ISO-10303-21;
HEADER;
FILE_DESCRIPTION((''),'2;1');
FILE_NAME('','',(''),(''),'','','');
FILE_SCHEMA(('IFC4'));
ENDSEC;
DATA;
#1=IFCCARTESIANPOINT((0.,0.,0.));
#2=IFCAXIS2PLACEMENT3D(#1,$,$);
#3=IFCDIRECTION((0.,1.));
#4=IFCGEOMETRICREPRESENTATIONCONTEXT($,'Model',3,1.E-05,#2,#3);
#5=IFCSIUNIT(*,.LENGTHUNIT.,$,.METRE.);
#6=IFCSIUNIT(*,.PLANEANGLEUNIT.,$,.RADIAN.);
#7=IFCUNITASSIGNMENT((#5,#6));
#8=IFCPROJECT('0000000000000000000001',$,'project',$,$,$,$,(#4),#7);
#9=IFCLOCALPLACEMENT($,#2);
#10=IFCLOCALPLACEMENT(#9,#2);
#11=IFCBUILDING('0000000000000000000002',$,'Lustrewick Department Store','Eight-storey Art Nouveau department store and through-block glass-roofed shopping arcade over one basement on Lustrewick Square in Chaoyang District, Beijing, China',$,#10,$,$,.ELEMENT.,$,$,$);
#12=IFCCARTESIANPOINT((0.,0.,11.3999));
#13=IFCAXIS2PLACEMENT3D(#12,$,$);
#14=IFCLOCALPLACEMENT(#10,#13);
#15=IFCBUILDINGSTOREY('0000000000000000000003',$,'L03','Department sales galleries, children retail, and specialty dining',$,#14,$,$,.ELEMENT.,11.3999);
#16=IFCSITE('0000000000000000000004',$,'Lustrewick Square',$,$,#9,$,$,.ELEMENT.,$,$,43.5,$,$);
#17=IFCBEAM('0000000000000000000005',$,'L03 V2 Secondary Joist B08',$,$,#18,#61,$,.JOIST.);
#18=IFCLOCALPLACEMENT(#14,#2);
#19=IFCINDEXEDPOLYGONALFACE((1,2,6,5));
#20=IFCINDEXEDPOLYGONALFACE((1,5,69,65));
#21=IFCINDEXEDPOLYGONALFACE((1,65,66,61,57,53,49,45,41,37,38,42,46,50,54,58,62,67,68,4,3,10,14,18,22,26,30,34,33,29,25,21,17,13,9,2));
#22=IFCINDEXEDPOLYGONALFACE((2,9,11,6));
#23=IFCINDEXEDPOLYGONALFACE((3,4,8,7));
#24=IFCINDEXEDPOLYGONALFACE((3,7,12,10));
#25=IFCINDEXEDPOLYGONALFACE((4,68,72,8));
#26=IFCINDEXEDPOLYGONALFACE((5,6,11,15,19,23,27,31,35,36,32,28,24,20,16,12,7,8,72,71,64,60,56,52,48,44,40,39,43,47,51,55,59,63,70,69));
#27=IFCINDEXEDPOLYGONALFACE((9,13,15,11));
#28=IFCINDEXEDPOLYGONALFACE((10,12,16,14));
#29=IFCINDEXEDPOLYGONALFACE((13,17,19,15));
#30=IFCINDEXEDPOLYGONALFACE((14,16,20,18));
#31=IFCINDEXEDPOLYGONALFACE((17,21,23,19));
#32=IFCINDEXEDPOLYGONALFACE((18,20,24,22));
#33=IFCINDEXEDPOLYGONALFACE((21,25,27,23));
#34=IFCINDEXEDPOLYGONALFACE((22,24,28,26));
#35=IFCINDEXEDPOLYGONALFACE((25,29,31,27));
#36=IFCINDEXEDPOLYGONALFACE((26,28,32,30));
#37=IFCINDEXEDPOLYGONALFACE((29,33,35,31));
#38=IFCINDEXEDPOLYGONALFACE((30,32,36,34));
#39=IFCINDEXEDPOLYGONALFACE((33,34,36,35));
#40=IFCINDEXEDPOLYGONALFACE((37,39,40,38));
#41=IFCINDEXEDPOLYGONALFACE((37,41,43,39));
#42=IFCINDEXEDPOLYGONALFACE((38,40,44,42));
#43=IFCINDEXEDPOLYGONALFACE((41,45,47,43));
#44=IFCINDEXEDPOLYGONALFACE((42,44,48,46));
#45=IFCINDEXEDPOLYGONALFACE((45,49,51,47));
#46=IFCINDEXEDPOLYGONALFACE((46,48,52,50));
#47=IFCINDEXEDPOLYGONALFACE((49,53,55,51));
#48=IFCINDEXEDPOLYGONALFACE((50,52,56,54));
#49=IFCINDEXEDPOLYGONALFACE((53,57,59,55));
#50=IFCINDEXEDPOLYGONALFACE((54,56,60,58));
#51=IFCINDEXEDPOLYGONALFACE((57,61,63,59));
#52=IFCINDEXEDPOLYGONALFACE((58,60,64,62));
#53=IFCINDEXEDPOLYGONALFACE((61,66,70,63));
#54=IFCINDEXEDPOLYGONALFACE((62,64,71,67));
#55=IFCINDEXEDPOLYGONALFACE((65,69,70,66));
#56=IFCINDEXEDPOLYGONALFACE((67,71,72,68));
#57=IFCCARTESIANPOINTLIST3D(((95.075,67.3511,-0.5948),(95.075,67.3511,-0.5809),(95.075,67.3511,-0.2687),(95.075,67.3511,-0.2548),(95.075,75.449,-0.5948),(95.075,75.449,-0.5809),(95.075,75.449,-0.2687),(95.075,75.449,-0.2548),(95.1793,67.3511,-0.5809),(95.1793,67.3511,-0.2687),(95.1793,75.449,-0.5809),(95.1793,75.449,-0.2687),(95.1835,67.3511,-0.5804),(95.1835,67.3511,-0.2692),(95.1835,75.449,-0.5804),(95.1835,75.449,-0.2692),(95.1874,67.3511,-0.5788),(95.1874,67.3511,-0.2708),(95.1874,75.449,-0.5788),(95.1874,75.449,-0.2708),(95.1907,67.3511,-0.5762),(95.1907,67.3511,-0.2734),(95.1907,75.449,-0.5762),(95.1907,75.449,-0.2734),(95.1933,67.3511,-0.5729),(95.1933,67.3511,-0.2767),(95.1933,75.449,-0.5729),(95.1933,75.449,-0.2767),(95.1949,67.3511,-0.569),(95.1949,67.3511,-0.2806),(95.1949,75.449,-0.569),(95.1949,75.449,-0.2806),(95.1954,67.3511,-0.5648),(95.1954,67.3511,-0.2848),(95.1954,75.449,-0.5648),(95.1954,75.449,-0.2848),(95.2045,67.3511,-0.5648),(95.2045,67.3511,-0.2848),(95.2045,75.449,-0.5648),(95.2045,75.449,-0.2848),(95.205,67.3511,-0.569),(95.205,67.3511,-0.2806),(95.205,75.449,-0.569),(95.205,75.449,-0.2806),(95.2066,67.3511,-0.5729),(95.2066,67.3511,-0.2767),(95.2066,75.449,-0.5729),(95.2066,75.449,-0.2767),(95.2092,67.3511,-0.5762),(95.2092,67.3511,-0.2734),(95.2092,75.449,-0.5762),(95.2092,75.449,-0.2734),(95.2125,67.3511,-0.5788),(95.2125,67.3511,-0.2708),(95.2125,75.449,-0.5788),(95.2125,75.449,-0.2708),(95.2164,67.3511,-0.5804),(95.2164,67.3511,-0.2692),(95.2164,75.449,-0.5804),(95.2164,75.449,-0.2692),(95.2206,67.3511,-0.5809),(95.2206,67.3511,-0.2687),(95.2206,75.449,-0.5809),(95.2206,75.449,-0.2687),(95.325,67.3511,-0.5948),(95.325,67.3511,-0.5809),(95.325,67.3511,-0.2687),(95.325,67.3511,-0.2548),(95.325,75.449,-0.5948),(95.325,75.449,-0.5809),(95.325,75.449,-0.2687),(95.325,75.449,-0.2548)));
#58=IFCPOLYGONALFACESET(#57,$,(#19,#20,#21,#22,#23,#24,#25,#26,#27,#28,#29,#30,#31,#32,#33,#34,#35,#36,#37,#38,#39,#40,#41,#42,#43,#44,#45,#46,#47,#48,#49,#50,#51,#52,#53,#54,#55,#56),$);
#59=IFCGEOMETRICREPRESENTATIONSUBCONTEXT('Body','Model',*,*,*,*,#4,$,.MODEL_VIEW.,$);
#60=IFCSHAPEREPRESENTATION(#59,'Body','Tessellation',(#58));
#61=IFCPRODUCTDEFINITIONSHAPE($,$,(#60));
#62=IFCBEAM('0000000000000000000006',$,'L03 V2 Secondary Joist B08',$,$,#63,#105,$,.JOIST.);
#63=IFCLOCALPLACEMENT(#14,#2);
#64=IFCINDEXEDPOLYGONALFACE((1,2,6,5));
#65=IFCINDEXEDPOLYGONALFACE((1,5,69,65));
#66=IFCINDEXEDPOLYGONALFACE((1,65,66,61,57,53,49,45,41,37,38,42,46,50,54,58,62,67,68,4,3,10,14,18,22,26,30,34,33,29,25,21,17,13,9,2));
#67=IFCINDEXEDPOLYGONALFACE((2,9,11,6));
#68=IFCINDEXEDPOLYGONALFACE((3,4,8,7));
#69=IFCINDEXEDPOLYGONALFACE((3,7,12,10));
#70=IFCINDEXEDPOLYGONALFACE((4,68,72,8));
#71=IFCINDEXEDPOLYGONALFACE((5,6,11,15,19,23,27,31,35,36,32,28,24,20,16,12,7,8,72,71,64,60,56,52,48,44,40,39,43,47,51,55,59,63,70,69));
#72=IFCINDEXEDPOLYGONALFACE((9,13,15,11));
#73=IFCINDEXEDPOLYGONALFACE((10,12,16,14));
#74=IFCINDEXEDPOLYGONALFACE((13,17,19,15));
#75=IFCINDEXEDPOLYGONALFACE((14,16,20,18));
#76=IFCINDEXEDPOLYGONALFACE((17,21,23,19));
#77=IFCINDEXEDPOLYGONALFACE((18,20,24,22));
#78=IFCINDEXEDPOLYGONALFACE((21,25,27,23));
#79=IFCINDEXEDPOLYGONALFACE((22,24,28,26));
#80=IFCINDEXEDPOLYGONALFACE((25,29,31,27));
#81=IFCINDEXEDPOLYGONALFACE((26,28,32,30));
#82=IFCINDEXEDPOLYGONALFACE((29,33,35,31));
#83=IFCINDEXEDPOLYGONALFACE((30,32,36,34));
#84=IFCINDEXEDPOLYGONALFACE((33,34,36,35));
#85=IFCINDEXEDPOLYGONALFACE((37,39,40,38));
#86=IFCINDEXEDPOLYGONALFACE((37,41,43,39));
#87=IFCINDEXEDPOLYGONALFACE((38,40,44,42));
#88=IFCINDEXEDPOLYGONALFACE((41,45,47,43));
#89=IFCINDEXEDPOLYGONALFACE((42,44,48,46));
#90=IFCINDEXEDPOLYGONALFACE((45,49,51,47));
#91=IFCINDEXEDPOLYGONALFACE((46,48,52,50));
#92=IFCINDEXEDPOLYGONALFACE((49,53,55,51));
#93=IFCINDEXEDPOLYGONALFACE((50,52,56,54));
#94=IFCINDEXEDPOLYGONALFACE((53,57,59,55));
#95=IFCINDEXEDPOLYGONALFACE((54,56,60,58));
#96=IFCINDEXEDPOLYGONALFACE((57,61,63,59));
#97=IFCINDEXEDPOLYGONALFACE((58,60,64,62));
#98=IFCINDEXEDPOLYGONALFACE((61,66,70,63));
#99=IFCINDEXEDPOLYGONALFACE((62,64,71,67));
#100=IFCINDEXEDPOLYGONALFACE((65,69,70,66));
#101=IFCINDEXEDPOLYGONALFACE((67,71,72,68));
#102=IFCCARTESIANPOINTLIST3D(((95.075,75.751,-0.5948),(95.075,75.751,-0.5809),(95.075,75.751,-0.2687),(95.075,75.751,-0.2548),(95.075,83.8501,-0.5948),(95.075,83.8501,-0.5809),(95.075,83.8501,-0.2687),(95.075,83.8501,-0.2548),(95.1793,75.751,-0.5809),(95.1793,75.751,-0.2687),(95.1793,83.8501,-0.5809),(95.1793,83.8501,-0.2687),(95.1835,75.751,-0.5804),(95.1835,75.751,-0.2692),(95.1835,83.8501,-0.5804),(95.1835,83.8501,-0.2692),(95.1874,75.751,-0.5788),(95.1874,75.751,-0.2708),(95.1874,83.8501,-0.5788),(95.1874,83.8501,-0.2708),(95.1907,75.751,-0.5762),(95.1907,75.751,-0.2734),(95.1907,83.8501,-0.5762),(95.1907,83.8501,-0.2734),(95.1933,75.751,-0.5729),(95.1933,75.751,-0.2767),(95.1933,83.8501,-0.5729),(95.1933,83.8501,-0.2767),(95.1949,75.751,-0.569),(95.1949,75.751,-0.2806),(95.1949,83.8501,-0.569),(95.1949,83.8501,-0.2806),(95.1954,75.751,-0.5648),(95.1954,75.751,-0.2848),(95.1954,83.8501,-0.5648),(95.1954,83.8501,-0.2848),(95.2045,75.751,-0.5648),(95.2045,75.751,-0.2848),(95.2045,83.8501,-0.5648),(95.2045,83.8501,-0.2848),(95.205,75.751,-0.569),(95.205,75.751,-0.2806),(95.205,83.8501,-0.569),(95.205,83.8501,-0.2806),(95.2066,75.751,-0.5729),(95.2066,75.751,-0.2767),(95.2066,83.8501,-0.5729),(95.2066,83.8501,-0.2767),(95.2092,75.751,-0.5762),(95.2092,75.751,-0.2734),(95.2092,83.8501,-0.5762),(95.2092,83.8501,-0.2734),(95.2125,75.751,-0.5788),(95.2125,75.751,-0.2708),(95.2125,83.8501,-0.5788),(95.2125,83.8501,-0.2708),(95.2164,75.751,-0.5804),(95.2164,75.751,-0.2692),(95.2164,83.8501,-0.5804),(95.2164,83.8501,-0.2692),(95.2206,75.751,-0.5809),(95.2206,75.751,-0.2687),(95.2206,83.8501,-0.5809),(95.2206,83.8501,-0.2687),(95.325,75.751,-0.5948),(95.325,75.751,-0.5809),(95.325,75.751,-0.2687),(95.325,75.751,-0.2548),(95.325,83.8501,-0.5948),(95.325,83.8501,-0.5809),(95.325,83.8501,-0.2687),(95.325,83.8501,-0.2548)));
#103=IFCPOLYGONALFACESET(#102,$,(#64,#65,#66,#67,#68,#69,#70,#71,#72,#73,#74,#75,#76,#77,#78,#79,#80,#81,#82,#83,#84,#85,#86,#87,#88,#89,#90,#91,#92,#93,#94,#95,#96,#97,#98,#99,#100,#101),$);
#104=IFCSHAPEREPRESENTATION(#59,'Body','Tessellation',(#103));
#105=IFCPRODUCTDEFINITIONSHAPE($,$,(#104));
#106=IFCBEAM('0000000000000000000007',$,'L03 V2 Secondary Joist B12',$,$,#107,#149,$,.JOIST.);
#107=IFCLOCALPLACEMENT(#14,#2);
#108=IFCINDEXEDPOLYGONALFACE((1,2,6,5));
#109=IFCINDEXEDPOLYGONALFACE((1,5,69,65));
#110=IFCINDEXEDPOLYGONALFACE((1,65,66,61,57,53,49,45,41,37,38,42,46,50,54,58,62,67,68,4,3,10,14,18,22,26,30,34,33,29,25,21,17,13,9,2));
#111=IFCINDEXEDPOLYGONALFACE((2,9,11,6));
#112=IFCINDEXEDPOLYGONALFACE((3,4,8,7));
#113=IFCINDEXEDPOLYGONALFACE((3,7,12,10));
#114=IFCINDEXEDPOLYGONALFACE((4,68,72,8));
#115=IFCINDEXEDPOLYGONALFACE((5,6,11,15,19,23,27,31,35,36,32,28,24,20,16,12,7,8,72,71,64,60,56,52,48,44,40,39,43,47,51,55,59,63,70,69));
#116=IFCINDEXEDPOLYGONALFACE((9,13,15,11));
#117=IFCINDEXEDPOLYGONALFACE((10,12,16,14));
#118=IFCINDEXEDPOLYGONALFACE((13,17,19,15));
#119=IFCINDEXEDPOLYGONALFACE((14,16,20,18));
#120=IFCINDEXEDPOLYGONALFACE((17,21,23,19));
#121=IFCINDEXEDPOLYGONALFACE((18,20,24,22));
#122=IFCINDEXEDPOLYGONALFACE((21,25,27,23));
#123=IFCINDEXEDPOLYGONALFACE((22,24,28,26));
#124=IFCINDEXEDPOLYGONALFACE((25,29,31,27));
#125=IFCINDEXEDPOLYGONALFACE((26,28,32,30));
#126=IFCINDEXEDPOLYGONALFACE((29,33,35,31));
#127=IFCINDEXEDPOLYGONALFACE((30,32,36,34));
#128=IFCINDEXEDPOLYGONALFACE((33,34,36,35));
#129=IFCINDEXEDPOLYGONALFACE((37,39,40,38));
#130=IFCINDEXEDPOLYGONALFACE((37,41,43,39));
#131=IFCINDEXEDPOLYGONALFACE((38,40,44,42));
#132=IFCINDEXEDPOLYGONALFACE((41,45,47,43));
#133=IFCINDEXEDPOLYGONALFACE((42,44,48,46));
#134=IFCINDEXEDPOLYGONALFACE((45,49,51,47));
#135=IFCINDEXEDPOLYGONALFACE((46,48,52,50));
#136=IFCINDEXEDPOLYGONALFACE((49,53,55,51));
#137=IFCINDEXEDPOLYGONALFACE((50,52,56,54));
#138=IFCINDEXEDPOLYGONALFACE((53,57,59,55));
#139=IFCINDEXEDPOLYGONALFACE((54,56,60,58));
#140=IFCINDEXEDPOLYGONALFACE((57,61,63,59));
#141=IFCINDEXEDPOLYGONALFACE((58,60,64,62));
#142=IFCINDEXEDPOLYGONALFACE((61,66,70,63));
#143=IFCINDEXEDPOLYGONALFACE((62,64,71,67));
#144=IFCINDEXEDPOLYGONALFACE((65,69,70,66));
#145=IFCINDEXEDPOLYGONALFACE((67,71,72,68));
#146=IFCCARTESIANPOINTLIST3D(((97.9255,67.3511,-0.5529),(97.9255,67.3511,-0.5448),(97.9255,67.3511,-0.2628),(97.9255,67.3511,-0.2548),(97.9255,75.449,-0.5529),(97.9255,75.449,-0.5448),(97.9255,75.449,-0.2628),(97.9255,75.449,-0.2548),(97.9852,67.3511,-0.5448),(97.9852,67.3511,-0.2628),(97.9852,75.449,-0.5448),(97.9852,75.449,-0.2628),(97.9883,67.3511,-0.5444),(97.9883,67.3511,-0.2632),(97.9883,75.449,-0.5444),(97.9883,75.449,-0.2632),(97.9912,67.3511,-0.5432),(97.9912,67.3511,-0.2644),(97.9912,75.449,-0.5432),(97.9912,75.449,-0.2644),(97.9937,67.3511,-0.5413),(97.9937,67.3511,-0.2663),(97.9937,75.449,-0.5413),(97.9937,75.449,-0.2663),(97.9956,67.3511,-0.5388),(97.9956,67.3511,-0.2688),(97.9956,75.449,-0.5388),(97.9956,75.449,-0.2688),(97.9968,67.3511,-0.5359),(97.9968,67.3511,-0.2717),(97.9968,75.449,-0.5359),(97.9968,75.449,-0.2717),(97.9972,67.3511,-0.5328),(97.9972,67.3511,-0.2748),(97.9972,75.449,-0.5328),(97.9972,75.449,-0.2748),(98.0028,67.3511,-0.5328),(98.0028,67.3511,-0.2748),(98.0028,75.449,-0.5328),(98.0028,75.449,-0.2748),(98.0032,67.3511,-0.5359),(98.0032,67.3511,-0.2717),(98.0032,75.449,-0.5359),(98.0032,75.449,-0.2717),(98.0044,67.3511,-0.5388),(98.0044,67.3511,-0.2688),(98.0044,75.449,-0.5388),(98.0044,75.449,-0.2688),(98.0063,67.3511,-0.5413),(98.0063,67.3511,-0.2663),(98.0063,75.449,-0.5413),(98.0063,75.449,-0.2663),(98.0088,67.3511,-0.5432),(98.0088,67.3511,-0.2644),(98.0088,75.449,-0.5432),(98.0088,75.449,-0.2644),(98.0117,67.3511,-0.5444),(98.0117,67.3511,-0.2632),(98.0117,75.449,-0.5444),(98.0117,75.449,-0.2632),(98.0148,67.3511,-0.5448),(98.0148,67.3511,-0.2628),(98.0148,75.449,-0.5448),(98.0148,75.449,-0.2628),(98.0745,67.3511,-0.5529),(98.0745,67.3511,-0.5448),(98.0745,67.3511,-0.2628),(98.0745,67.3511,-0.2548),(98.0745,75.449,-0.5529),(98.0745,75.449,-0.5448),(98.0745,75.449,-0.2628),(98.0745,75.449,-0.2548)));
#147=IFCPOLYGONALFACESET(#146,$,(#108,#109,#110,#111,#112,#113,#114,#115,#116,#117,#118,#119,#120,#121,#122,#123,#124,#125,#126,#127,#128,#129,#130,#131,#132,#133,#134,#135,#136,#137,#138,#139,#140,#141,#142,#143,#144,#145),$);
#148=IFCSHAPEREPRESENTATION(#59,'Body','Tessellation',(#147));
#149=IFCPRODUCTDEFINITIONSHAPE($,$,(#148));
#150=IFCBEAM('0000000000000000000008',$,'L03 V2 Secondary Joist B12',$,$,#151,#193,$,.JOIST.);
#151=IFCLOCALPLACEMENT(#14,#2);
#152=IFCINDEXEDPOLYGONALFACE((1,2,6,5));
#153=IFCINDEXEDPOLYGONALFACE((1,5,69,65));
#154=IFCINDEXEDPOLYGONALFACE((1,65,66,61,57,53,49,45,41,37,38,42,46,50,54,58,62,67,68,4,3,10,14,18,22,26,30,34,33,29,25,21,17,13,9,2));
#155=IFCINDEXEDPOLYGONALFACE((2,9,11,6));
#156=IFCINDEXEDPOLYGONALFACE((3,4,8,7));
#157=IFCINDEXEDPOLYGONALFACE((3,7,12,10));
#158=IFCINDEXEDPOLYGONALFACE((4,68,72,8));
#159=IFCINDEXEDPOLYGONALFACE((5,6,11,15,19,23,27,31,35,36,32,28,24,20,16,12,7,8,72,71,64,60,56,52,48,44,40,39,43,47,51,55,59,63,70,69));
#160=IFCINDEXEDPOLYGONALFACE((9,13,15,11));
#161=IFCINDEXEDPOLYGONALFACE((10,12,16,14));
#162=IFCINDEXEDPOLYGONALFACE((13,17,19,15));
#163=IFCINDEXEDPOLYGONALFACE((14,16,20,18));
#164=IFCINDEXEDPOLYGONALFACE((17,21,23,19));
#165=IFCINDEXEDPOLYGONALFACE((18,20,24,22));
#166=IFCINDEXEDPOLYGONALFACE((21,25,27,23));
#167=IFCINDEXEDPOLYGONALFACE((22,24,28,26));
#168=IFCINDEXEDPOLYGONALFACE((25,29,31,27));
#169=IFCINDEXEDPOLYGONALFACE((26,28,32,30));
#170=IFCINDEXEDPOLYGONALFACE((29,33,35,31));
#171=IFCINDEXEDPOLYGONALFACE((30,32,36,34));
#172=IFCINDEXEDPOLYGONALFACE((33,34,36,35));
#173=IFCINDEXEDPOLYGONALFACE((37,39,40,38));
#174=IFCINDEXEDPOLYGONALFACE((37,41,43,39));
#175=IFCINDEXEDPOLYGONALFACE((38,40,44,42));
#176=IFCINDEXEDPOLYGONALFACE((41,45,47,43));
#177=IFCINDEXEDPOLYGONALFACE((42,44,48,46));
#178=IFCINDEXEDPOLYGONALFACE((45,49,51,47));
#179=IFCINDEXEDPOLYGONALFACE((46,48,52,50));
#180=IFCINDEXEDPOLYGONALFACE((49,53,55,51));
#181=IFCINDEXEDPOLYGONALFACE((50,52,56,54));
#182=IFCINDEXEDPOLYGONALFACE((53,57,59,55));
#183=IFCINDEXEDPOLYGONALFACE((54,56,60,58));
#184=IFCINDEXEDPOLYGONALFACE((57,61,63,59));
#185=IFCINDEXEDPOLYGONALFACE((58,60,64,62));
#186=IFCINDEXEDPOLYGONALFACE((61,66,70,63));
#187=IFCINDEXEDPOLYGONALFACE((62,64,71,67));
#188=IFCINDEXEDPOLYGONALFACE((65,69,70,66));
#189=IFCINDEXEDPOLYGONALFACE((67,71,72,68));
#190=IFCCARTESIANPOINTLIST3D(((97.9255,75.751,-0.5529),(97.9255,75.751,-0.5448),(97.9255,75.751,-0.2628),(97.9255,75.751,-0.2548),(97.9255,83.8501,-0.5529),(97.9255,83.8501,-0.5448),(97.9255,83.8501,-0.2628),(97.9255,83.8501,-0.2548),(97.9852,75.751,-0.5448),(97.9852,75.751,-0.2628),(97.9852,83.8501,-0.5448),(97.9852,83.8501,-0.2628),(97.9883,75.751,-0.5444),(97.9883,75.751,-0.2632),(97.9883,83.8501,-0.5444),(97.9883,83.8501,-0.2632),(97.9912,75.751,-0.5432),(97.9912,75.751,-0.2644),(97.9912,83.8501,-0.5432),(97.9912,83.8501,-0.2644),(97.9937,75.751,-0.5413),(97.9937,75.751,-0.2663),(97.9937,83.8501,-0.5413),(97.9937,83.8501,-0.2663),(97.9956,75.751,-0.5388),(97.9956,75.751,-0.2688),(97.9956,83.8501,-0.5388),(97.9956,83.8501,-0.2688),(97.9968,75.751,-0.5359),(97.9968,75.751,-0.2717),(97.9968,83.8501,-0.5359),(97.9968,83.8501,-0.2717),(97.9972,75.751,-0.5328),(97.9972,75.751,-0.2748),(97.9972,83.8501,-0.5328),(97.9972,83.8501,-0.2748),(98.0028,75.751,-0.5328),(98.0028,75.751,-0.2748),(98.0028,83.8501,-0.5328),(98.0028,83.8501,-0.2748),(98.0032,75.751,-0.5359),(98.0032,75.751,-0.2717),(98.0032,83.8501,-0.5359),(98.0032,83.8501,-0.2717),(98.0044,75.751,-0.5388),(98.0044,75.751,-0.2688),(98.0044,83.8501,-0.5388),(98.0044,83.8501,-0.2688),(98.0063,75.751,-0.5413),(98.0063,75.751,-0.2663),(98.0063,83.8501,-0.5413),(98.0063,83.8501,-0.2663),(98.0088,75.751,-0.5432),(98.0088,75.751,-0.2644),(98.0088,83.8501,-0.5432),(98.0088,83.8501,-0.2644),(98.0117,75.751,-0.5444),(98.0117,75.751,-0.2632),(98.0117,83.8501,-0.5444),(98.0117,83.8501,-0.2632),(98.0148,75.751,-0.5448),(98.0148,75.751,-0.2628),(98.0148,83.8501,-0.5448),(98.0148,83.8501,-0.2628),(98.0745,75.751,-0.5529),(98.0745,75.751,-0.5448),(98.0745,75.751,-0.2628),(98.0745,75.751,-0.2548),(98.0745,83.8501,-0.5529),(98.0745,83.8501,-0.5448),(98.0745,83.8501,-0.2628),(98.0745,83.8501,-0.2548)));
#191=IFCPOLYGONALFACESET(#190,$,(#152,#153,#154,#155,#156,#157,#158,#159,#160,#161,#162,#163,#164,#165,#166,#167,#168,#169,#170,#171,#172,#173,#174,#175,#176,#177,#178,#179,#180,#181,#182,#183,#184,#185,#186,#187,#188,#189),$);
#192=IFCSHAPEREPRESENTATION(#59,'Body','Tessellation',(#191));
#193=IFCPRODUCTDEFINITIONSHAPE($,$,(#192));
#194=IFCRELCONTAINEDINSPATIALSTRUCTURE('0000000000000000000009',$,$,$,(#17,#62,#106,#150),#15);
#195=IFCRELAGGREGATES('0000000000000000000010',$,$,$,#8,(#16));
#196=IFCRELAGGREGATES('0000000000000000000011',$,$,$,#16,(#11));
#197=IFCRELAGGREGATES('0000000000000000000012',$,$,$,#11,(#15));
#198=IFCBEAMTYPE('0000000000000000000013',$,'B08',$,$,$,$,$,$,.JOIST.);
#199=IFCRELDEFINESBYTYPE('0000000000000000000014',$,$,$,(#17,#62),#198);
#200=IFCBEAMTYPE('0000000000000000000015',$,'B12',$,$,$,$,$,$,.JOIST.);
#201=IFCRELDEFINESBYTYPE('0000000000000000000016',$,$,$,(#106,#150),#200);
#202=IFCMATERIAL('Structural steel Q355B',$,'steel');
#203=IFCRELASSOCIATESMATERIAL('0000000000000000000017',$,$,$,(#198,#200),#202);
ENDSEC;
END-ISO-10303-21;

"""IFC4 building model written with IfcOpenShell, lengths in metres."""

from ifc_helpers import new_model, si_unit, direction, frame, origin, origin_2d, place, context, subcontext, project, spatial, i_section, extrude, material, material_profile, profile_set, type_object, element, save


model = new_model("IFC4")

# Units and contexts
model_context = context("Model", 3, precision=1e-05, world=origin(), true_north=direction((0.0, 1.0)))
body_context = subcontext(model_context, "Body", "Model", "MODEL_VIEW")
ifc_project = project(units=[si_unit("LENGTHUNIT", "METRE"), si_unit("PLANEANGLEUNIT", "RADIAN")], contexts=[model_context])

# Site, building, storey
site_placement = place(None, origin())
site = spatial("IfcSite", under=ifc_project, at=site_placement, Name="Lustrewick Square", CompositionType="ELEMENT", RefElevation=43.5)
building_placement = place(site_placement, origin())
building = spatial("IfcBuilding", under=site, at=building_placement, Name="Lustrewick Department Store", Description="Eight-storey Art Nouveau department store and through-block glass-roofed shopping arcade over one basement on Lustrewick Square in Chaoyang District, Beijing, China", CompositionType="ELEMENT")
storey_placement = place(building_placement, frame((0.0, 0.0, 11.3999)))
storey = spatial("IfcBuildingStorey", under=building, at=storey_placement, Name="L03", Description="Department sales galleries, children retail, and specialty dining", CompositionType="ELEMENT", Elevation=11.3999)

# Shared definitions
ifc_material_1 = material(Name="Structural steel Q355B", Category="steel")

# Beams
ifc_material_profile_1 = material_profile(ifc_material_1, i_section(OverallWidth=0.25, OverallDepth=0.3401, WebThickness=0.009, FlangeThickness=0.0139, FilletRadius=0.0161, at=origin_2d()), Name="HM 340x250x9x14")
ifc_profile_set_1 = profile_set([ifc_material_profile_1], Name="Structural steel Q355B")
beam_type_1 = type_object("IfcBeamType", Name="B08", PredefinedType="JOIST", material=ifc_profile_set_1)
beam_1_placement = place(storey_placement, frame((95.2, 67.3511, -0.4248), z_axis=(0.0, 1.0, 0.0), x_axis=(-1.0, 0.0, 0.0)))
element("IfcBeam", 1, at=beam_1_placement, inside=storey, type_object=beam_type_1, Name="L03 V2 Secondary Joist B08", PredefinedType="JOIST", context=body_context, shape_type="SweptSolid", body=[
    extrude(i_section(OverallWidth=0.25, OverallDepth=0.3401, WebThickness=0.009, FlangeThickness=0.0139, FilletRadius=0.0161, at=origin_2d()), origin(), (0.0, 0.0, 1.0), 8.0979),
])
beam_2_placement = place(storey_placement, frame((95.2, 75.751, -0.4248), z_axis=(0.0, 1.0, 0.0), x_axis=(-1.0, 0.0, 0.0)))
element("IfcBeam", 2, at=beam_2_placement, inside=storey, type_object=beam_type_1, Name="L03 V2 Secondary Joist B08", PredefinedType="JOIST", context=body_context, shape_type="SweptSolid", body=[
    extrude(i_section(OverallWidth=0.25, OverallDepth=0.3401, WebThickness=0.009, FlangeThickness=0.0139, FilletRadius=0.0161, at=origin_2d()), origin(), (0.0, 0.0, 1.0), 8.0991),
])
ifc_material_profile_2 = material_profile(ifc_material_1, i_section(OverallWidth=0.1489, OverallDepth=0.2981, WebThickness=0.0056, FlangeThickness=0.0081, FilletRadius=0.012, at=origin_2d()), Name="HN 298x149x5.5x8")
ifc_profile_set_2 = profile_set([ifc_material_profile_2], Name="Structural steel Q355B")
beam_type_2 = type_object("IfcBeamType", Name="B12", PredefinedType="JOIST", material=ifc_profile_set_2)
beam_3_placement = place(storey_placement, frame((98.0, 67.3511, -0.4038), z_axis=(0.0, 1.0, 0.0), x_axis=(-1.0, 0.0, 0.0)))
element("IfcBeam", 3, at=beam_3_placement, inside=storey, type_object=beam_type_2, Name="L03 V2 Secondary Joist B12", PredefinedType="JOIST", context=body_context, shape_type="SweptSolid", body=[
    extrude(i_section(OverallWidth=0.1489, OverallDepth=0.2981, WebThickness=0.0056, FlangeThickness=0.0081, FilletRadius=0.012, at=origin_2d()), origin(), (0.0, 0.0, 1.0), 8.0979),
])
beam_4_placement = place(storey_placement, frame((98.0, 75.751, -0.4038), z_axis=(0.0, 1.0, 0.0), x_axis=(-1.0, 0.0, 0.0)))
element("IfcBeam", 4, at=beam_4_placement, inside=storey, type_object=beam_type_2, Name="L03 V2 Secondary Joist B12", PredefinedType="JOIST", context=body_context, shape_type="SweptSolid", body=[
    extrude(i_section(OverallWidth=0.1489, OverallDepth=0.2981, WebThickness=0.0056, FlangeThickness=0.0081, FilletRadius=0.012, at=origin_2d()), origin(), (0.0, 0.0, 1.0), 8.0991),
])

save(model, "model.ifc")
